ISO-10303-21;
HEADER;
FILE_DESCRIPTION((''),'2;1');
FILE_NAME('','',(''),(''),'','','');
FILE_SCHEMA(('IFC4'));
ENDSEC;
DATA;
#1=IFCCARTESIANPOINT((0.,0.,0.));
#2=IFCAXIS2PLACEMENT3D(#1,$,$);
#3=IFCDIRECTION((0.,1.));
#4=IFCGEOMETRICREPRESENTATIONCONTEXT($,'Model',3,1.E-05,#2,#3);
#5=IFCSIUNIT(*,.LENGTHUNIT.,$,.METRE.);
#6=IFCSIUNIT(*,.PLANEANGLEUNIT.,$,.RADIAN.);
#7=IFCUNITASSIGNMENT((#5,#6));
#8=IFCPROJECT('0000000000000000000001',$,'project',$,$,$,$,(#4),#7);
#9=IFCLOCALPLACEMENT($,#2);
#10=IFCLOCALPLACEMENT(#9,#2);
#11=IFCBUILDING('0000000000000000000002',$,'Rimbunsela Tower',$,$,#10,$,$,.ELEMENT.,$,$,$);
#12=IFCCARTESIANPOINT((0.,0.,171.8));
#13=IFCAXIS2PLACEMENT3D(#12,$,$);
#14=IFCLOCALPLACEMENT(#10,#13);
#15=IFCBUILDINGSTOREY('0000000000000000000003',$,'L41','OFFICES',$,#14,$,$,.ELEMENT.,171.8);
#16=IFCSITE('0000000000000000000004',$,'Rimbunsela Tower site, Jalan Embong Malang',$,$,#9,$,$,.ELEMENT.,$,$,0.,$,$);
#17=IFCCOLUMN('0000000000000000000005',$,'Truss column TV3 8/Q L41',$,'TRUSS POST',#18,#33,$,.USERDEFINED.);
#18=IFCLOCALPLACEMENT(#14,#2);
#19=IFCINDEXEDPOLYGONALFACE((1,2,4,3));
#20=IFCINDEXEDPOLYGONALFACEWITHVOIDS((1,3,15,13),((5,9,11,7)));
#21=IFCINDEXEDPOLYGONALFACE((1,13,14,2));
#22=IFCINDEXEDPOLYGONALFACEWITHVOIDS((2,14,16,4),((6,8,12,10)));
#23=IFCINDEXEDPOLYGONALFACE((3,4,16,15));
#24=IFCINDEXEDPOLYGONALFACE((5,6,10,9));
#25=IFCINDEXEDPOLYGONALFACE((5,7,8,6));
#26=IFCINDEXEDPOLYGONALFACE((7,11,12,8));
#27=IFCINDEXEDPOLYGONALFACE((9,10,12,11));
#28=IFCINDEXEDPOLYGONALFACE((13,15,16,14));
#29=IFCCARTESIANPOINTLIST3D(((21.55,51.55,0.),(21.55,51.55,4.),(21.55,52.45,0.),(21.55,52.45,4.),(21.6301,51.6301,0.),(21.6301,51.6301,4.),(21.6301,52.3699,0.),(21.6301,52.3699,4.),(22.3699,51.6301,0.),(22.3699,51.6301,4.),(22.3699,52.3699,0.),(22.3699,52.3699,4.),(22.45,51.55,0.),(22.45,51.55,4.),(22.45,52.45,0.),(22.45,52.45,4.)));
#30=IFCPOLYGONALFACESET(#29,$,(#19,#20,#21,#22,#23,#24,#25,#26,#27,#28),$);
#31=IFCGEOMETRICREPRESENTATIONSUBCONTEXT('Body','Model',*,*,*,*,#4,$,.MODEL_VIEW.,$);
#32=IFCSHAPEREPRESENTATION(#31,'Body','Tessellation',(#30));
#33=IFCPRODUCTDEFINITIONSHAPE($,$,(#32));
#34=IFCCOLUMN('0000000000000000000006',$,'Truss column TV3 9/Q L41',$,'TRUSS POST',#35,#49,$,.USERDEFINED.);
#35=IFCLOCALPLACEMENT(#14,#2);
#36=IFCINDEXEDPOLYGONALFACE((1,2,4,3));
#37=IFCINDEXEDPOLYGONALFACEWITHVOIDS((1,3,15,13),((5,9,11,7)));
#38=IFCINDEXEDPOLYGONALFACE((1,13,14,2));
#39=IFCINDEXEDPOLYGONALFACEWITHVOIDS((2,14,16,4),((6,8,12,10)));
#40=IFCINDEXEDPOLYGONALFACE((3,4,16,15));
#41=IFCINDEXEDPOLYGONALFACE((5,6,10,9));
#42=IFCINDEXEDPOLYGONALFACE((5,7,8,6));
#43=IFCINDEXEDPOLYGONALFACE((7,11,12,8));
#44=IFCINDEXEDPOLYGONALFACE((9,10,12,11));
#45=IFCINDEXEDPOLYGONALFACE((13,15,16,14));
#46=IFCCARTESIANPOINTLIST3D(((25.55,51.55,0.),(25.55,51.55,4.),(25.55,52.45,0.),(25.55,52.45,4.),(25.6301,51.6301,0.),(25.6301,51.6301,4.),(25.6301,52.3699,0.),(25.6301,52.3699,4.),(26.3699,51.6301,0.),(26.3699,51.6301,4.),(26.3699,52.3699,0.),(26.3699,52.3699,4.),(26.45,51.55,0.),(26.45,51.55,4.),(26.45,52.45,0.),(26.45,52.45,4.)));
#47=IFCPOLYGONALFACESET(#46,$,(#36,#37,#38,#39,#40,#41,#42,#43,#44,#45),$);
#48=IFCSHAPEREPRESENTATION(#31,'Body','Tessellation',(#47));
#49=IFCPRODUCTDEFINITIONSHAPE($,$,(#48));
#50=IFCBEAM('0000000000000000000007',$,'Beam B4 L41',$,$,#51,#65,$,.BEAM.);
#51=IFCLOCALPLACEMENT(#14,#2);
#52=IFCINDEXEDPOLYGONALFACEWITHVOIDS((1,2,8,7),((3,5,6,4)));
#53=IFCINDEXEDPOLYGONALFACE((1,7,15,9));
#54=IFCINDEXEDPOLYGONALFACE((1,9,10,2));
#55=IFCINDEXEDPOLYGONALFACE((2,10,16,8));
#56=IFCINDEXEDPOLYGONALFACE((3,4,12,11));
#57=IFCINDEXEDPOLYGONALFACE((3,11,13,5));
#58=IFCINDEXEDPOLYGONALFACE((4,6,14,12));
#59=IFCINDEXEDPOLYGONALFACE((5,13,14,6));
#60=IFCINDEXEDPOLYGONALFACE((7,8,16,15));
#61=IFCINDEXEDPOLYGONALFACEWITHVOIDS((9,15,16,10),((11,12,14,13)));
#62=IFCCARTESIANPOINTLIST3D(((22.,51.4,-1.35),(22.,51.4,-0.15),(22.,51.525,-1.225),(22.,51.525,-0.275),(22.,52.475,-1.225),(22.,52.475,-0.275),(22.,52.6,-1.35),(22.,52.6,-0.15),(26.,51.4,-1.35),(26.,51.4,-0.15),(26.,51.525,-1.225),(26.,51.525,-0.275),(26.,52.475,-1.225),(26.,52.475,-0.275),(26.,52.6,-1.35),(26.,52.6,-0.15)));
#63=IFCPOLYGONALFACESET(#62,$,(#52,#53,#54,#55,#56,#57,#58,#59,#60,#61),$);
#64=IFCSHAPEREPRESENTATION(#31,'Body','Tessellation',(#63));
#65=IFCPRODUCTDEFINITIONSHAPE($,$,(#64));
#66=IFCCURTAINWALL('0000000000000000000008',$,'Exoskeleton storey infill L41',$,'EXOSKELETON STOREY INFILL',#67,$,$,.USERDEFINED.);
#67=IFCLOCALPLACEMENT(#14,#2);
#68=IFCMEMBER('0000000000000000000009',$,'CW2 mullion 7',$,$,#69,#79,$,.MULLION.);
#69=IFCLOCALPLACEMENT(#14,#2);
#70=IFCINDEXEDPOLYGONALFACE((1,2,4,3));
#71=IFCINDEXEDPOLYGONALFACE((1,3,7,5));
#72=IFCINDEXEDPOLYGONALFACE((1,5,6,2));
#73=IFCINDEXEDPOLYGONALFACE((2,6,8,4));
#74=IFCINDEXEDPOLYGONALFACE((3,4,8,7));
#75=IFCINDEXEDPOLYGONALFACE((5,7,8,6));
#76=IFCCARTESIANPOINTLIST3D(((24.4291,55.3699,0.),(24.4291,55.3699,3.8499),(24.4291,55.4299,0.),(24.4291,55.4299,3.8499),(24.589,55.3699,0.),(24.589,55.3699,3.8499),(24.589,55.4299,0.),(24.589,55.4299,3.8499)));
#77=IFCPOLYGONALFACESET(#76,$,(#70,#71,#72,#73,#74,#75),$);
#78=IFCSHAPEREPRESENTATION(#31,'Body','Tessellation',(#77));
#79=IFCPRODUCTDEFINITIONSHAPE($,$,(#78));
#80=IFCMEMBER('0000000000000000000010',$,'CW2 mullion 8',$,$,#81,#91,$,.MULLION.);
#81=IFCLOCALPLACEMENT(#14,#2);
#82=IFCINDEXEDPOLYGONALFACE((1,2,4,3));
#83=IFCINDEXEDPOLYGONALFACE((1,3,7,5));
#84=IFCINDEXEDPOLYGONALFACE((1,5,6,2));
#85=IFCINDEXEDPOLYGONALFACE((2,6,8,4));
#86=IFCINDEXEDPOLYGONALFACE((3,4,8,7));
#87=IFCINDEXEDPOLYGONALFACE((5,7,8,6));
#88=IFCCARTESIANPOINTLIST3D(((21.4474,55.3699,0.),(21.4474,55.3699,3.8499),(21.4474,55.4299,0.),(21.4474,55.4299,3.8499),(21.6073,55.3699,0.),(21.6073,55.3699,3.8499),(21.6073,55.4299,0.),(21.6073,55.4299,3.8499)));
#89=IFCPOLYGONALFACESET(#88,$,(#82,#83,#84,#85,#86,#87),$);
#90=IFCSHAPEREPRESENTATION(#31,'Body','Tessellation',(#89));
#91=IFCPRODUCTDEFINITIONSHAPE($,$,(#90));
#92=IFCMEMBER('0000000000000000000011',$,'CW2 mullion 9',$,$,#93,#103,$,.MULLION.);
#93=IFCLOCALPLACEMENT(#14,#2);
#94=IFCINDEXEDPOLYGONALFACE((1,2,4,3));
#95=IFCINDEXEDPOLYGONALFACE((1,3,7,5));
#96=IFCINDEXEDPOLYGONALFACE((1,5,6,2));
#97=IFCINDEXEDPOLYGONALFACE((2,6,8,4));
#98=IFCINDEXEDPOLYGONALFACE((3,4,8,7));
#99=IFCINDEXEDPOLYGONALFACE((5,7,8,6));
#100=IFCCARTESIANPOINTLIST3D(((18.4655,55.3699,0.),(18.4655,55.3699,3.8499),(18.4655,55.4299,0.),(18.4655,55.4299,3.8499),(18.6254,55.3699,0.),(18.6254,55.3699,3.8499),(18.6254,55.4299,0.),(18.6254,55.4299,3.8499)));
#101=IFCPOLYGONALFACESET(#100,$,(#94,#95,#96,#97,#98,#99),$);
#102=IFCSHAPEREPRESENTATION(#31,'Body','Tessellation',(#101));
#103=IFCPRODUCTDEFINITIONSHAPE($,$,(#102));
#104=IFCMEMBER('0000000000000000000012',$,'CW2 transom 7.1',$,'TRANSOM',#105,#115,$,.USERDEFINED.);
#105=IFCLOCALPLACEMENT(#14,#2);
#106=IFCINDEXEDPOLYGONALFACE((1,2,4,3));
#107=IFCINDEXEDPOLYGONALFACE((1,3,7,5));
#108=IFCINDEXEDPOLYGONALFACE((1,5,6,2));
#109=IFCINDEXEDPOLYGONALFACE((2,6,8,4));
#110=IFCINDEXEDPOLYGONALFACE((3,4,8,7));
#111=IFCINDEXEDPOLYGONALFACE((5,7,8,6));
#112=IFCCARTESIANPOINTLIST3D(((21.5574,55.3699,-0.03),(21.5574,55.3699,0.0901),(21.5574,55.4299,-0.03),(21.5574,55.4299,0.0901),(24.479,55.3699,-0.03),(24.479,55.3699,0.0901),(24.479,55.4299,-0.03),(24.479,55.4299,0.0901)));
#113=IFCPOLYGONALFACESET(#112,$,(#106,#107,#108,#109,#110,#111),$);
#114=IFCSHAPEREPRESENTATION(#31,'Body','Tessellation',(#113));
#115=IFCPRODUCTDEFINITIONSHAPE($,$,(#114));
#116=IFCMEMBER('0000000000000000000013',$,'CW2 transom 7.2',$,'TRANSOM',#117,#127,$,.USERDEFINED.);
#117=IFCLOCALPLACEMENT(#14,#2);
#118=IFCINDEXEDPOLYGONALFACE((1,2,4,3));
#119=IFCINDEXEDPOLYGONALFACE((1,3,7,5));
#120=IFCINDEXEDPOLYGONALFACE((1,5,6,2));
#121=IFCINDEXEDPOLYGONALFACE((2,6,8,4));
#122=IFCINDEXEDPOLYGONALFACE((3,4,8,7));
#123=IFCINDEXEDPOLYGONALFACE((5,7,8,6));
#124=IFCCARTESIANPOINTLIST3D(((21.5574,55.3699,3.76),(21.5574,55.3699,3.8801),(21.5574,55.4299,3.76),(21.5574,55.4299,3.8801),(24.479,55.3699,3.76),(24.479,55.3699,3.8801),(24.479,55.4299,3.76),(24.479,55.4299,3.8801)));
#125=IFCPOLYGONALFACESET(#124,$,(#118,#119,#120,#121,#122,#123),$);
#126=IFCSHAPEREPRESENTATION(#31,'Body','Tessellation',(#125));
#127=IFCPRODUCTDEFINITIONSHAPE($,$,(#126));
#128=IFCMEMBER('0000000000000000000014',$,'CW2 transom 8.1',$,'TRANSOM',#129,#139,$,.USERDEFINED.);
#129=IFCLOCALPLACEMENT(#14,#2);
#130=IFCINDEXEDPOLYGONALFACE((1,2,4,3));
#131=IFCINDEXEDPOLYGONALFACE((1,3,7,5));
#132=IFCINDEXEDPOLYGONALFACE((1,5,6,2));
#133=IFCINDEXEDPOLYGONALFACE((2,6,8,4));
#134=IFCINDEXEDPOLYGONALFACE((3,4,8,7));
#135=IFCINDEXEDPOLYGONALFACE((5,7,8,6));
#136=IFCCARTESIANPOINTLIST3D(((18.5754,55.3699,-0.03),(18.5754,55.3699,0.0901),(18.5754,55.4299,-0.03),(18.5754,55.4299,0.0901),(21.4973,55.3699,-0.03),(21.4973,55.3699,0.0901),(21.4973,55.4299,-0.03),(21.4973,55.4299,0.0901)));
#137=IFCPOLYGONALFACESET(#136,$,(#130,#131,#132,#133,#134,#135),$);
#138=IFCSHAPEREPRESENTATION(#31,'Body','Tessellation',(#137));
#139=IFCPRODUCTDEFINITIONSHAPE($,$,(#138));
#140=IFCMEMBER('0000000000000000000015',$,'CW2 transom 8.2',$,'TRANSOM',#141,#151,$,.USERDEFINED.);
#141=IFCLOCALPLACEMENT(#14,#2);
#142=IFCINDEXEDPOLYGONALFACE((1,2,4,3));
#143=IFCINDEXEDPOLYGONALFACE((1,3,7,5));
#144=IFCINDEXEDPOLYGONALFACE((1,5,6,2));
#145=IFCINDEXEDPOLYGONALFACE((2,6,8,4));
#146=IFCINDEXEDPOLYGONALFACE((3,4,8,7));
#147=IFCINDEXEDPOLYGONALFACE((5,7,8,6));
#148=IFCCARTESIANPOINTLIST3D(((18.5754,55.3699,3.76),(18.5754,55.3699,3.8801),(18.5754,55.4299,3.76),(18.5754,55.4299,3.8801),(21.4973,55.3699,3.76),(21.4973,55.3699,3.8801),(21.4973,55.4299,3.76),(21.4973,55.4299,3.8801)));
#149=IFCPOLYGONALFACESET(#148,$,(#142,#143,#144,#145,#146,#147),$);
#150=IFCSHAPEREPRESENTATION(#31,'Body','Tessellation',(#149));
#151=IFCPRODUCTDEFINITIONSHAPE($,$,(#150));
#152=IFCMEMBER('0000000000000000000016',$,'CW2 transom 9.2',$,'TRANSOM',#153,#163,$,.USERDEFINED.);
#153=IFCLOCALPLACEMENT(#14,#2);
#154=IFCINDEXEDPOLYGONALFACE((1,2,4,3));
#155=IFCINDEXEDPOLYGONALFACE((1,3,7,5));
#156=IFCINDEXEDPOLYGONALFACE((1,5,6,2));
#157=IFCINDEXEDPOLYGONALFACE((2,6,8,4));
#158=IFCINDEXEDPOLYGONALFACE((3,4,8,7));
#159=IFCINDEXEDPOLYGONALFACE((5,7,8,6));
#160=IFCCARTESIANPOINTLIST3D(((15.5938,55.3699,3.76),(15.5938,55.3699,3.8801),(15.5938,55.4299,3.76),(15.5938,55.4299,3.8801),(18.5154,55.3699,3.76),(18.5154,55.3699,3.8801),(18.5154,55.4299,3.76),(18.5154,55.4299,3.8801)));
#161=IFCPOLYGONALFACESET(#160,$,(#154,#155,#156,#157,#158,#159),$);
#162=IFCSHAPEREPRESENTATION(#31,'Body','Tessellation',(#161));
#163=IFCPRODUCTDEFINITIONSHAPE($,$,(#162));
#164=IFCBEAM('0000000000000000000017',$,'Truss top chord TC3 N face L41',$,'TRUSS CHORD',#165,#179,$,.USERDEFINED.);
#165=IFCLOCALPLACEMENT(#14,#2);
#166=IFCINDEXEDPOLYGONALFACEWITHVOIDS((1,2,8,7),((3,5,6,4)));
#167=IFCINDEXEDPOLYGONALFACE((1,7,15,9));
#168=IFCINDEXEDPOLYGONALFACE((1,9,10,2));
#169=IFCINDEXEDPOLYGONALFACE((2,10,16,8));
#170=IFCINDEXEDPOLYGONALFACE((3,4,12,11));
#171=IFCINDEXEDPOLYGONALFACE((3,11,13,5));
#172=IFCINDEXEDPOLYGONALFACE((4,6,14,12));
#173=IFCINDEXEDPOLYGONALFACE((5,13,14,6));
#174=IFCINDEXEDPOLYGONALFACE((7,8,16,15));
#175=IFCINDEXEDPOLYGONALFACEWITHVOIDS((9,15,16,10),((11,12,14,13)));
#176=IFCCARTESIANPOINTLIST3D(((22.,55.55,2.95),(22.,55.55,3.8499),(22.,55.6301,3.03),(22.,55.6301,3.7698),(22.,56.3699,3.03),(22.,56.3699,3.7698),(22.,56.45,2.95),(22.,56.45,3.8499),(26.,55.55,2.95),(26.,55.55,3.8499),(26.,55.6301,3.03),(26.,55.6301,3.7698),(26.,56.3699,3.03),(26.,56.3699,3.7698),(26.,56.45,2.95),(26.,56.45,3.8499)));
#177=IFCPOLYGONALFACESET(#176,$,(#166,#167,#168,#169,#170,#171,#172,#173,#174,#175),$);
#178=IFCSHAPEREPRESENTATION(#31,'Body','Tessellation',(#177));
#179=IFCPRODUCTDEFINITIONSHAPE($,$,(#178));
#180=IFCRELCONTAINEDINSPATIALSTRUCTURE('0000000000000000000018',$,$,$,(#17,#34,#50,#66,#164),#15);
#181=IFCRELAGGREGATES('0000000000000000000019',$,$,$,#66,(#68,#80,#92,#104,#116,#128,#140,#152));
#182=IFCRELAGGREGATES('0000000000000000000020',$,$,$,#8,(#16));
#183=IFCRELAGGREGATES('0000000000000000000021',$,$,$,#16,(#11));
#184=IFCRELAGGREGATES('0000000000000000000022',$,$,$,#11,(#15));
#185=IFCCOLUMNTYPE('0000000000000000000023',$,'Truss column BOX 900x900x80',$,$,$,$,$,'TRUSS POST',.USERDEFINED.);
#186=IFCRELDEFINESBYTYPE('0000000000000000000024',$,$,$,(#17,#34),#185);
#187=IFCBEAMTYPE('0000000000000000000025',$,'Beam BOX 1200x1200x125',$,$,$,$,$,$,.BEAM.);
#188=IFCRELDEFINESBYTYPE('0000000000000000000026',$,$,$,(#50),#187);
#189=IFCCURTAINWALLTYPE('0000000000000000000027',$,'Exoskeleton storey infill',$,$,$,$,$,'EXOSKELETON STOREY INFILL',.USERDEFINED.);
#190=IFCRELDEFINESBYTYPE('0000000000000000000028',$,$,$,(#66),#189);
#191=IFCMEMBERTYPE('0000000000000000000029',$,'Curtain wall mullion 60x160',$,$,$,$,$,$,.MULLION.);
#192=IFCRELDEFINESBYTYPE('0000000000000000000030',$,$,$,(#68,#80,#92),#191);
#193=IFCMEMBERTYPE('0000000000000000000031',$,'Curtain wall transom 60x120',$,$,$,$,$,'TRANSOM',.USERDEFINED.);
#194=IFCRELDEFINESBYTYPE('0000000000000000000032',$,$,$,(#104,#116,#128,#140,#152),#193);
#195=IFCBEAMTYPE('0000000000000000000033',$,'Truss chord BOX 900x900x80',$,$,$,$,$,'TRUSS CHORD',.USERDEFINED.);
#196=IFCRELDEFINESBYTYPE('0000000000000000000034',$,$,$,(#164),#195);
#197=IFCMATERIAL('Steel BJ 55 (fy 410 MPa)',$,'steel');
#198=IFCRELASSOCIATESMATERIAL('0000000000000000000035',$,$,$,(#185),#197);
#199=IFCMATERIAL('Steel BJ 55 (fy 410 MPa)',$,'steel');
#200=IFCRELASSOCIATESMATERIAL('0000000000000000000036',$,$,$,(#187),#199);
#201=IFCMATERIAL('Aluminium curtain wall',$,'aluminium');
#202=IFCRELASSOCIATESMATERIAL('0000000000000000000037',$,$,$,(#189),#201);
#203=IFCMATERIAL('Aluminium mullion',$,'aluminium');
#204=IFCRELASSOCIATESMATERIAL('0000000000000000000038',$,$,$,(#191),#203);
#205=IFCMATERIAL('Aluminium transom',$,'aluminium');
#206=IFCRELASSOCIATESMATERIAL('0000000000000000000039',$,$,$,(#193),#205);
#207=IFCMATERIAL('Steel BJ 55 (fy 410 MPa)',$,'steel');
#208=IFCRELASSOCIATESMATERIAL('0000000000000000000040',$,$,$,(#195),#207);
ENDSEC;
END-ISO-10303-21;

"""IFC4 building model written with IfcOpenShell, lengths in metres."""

from ifc_helpers import new_model, si_unit, direction, frame, origin, origin_2d, place, context, subcontext, project, spatial, rectangle, hollow_rectangle, extrude, material, material_profile, profile_set, type_object, element, aggregate, save


model = new_model("IFC4")

# Units and contexts
model_context = context("Model", 3, precision=1e-05, world=origin(), true_north=direction((0.0, 1.0)))
body_context = subcontext(model_context, "Body", "Model", "MODEL_VIEW")
ifc_project = project(units=[si_unit("LENGTHUNIT", "METRE"), si_unit("PLANEANGLEUNIT", "RADIAN")], contexts=[model_context])

# Site, building, storey
site_placement = place(None, origin())
site = spatial("IfcSite", under=ifc_project, at=site_placement, Name="Rimbunsela Tower site, Jalan Embong Malang", CompositionType="ELEMENT", RefElevation=0.0)
building_placement = place(site_placement, origin())
building = spatial("IfcBuilding", under=site, at=building_placement, Name="Rimbunsela Tower", CompositionType="ELEMENT")
storey_placement = place(building_placement, frame((0.0, 0.0, 171.8)))
storey = spatial("IfcBuildingStorey", under=building, at=storey_placement, Name="L41", Description="OFFICES", CompositionType="ELEMENT", Elevation=171.8)

# Columns
ifc_material_1 = material(Name="Steel BJ 55 (fy 410 MPa)", Category="steel")
ifc_material_profile_1 = material_profile(ifc_material_1, hollow_rectangle(XDim=0.8999, YDim=0.8999, WallThickness=0.0801, at=origin_2d()), Name="BOX 900x900x80")
ifc_profile_set_1 = profile_set([ifc_material_profile_1], Name="Steel BJ 55 (fy 410 MPa)")
column_type = type_object("IfcColumnType", Name="Truss column BOX 900x900x80", ElementType="TRUSS POST", PredefinedType="USERDEFINED", material=ifc_profile_set_1)
for number, where, z_axis, x_axis, name in (
    (1, (22.0, 52.0, 0.0), (0.0, 0.0, 1.0), (1.0, 0.0, 0.0), "Truss column TV3 8/Q L41"),
    (2, (26.0, 52.0, 0.0), (0.0, 0.0, 1.0), (1.0, 0.0, 0.0), "Truss column TV3 9/Q L41"),
):
    element("IfcColumn", number, at=place(storey_placement, frame(where, z_axis=z_axis, x_axis=x_axis)), inside=storey, type_object=column_type, Name=name, ObjectType="TRUSS POST", PredefinedType="USERDEFINED", context=body_context, shape_type="SweptSolid", body=[
        extrude(hollow_rectangle(XDim=0.8999, YDim=0.8999, WallThickness=0.0801, at=origin_2d()), origin(), (0.0, 0.0, 1.0), 4.0),
    ])

# Beam
ifc_material_2 = material(Name="Steel BJ 55 (fy 410 MPa)", Category="steel")
ifc_material_profile_2 = material_profile(ifc_material_2, hollow_rectangle(XDim=1.2, YDim=1.2, WallThickness=0.125, at=origin_2d()), Name="BOX 1200x1200x125")
ifc_profile_set_2 = profile_set([ifc_material_profile_2], Name="Steel BJ 55 (fy 410 MPa)")
beam_type_1 = type_object("IfcBeamType", Name="Beam BOX 1200x1200x125", PredefinedType="BEAM", material=ifc_profile_set_2)
beam_placement = place(storey_placement, frame((22.0, 52.0, -0.75), z_axis=(1.0, 0.0, 0.0), x_axis=(0.0, 1.0, 0.0)))
element("IfcBeam", 3, at=beam_placement, inside=storey, type_object=beam_type_1, Name="Beam B4 L41", PredefinedType="BEAM", context=body_context, shape_type="SweptSolid", body=[
    extrude(hollow_rectangle(XDim=1.2, YDim=1.2, WallThickness=0.125, at=origin_2d()), origin(), (0.0, 0.0, 1.0), 4.0),
])

# Curtain wall, members
ifc_material_3 = material(Name="Aluminium curtain wall", Category="aluminium")
curtain_wall_type = type_object("IfcCurtainWallType", Name="Exoskeleton storey infill", ElementType="EXOSKELETON STOREY INFILL", PredefinedType="USERDEFINED", material=ifc_material_3)
curtain_wall_placement = place(storey_placement, origin())
curtain_wall = element("IfcCurtainWall", 4, at=curtain_wall_placement, inside=storey, type_object=curtain_wall_type, Name="Exoskeleton storey infill L41", ObjectType="EXOSKELETON STOREY INFILL", PredefinedType="USERDEFINED")
ifc_material_4 = material(Name="Aluminium mullion", Category="aluminium")
ifc_material_profile_3 = material_profile(ifc_material_4, rectangle(XDim=0.0601, YDim=0.1599, at=origin_2d()), Name="Mullion 60x160")
ifc_profile_set_3 = profile_set([ifc_material_profile_3], Name="Aluminium mullion")
member_type_1 = type_object("IfcMemberType", Name="Curtain wall mullion 60x160", PredefinedType="MULLION", material=ifc_profile_set_3)
member_1_placement = place(storey_placement, frame((24.509, 55.3999, 0.0), z_axis=(0.0, 0.0, 1.0), x_axis=(0.0, -1.0, 0.0)))
member_1 = element("IfcMember", 5, at=member_1_placement, type_object=member_type_1, Name="CW2 mullion 7", PredefinedType="MULLION", context=body_context, shape_type="SweptSolid", body=[
    extrude(rectangle(XDim=0.0601, YDim=0.1599, at=origin_2d()), origin(), (0.0, 0.0, 1.0), 3.8499),
])
member_2_placement = place(storey_placement, frame((21.5273, 55.3999, 0.0), z_axis=(0.0, 0.0, 1.0), x_axis=(0.0, -1.0, 0.0)))
member_2 = element("IfcMember", 6, at=member_2_placement, type_object=member_type_1, Name="CW2 mullion 8", PredefinedType="MULLION", context=body_context, shape_type="SweptSolid", body=[
    extrude(rectangle(XDim=0.0601, YDim=0.1599, at=origin_2d()), origin(), (0.0, 0.0, 1.0), 3.8499),
])
member_3_placement = place(storey_placement, frame((18.5454, 55.3999, 0.0), z_axis=(0.0, 0.0, 1.0), x_axis=(0.0, -1.0, 0.0)))
member_3 = element("IfcMember", 7, at=member_3_placement, type_object=member_type_1, Name="CW2 mullion 9", PredefinedType="MULLION", context=body_context, shape_type="SweptSolid", body=[
    extrude(rectangle(XDim=0.0601, YDim=0.1599, at=origin_2d()), origin(), (0.0, 0.0, 1.0), 3.8499),
])
ifc_material_5 = material(Name="Aluminium transom", Category="aluminium")
ifc_material_profile_4 = material_profile(ifc_material_5, rectangle(XDim=0.0601, YDim=0.1201, at=origin_2d()), Name="Transom 60x120")
ifc_profile_set_4 = profile_set([ifc_material_profile_4], Name="Aluminium transom")
member_type_2 = type_object("IfcMemberType", Name="Curtain wall transom 60x120", ElementType="TRANSOM", PredefinedType="USERDEFINED", material=ifc_profile_set_4)
member_4_placement = place(storey_placement, frame((24.479, 55.3999, 0.03), z_axis=(-1.0, 0.0, 0.0), x_axis=(0.0, -1.0, 0.0)))
member_4 = element("IfcMember", 8, at=member_4_placement, type_object=member_type_2, Name="CW2 transom 7.1", ObjectType="TRANSOM", PredefinedType="USERDEFINED", context=body_context, shape_type="SweptSolid", body=[
    extrude(rectangle(XDim=0.0601, YDim=0.1201, at=origin_2d()), origin(), (0.0, 0.0, 1.0), 2.9216),
])
member_5_placement = place(storey_placement, frame((24.479, 55.3999, 3.8201), z_axis=(-1.0, 0.0, 0.0), x_axis=(0.0, -1.0, 0.0)))
member_5 = element("IfcMember", 9, at=member_5_placement, type_object=member_type_2, Name="CW2 transom 7.2", ObjectType="TRANSOM", PredefinedType="USERDEFINED", context=body_context, shape_type="SweptSolid", body=[
    extrude(rectangle(XDim=0.0601, YDim=0.1201, at=origin_2d()), origin(), (0.0, 0.0, 1.0), 2.9216),
])
member_6_placement = place(storey_placement, frame((21.4973, 55.3999, 0.03), z_axis=(-1.0, 0.0, 0.0), x_axis=(0.0, -1.0, 0.0)))
member_6 = element("IfcMember", 10, at=member_6_placement, type_object=member_type_2, Name="CW2 transom 8.1", ObjectType="TRANSOM", PredefinedType="USERDEFINED", context=body_context, shape_type="SweptSolid", body=[
    extrude(rectangle(XDim=0.0601, YDim=0.1201, at=origin_2d()), origin(), (0.0, 0.0, 1.0), 2.9219),
])
member_7_placement = place(storey_placement, frame((21.4973, 55.3999, 3.8201), z_axis=(-1.0, 0.0, 0.0), x_axis=(0.0, -1.0, 0.0)))
member_7 = element("IfcMember", 11, at=member_7_placement, type_object=member_type_2, Name="CW2 transom 8.2", ObjectType="TRANSOM", PredefinedType="USERDEFINED", context=body_context, shape_type="SweptSolid", body=[
    extrude(rectangle(XDim=0.0601, YDim=0.1201, at=origin_2d()), origin(), (0.0, 0.0, 1.0), 2.9219),
])
member_8_placement = place(storey_placement, frame((18.5154, 55.3999, 3.8201), z_axis=(-1.0, 0.0, 0.0), x_axis=(0.0, -1.0, 0.0)))
member_8 = element("IfcMember", 12, at=member_8_placement, type_object=member_type_2, Name="CW2 transom 9.2", ObjectType="TRANSOM", PredefinedType="USERDEFINED", context=body_context, shape_type="SweptSolid", body=[
    extrude(rectangle(XDim=0.0601, YDim=0.1201, at=origin_2d()), origin(), (0.0, 0.0, 1.0), 2.9216),
])

# Beam
ifc_material_6 = material(Name="Steel BJ 55 (fy 410 MPa)", Category="steel")
ifc_material_profile_5 = material_profile(ifc_material_6, hollow_rectangle(XDim=0.8999, YDim=0.8999, WallThickness=0.0801, at=origin_2d()), Name="BOX 900x900x80")
ifc_profile_set_5 = profile_set([ifc_material_profile_5], Name="Steel BJ 55 (fy 410 MPa)")
beam_type_2 = type_object("IfcBeamType", Name="Truss chord BOX 900x900x80", ElementType="TRUSS CHORD", PredefinedType="USERDEFINED", material=ifc_profile_set_5)
for number, where, z_axis, x_axis, name in (
    (13, (22.0, 56.0, 3.3999), (1.0, 0.0, 0.0), (0.0, 1.0, 0.0), "Truss top chord TC3 N face L41"),
):
    element("IfcBeam", number, at=place(storey_placement, frame(where, z_axis=z_axis, x_axis=x_axis)), inside=storey, type_object=beam_type_2, Name=name, ObjectType="TRUSS CHORD", PredefinedType="USERDEFINED", context=body_context, shape_type="SweptSolid", body=[
        extrude(hollow_rectangle(XDim=0.8999, YDim=0.8999, WallThickness=0.0801, at=origin_2d()), origin(), (0.0, 0.0, 1.0), 4.0),
    ])

aggregate(curtain_wall, [member_1, member_2, member_3, member_4, member_5, member_6, member_7, member_8])

save(model, "model.ifc")
